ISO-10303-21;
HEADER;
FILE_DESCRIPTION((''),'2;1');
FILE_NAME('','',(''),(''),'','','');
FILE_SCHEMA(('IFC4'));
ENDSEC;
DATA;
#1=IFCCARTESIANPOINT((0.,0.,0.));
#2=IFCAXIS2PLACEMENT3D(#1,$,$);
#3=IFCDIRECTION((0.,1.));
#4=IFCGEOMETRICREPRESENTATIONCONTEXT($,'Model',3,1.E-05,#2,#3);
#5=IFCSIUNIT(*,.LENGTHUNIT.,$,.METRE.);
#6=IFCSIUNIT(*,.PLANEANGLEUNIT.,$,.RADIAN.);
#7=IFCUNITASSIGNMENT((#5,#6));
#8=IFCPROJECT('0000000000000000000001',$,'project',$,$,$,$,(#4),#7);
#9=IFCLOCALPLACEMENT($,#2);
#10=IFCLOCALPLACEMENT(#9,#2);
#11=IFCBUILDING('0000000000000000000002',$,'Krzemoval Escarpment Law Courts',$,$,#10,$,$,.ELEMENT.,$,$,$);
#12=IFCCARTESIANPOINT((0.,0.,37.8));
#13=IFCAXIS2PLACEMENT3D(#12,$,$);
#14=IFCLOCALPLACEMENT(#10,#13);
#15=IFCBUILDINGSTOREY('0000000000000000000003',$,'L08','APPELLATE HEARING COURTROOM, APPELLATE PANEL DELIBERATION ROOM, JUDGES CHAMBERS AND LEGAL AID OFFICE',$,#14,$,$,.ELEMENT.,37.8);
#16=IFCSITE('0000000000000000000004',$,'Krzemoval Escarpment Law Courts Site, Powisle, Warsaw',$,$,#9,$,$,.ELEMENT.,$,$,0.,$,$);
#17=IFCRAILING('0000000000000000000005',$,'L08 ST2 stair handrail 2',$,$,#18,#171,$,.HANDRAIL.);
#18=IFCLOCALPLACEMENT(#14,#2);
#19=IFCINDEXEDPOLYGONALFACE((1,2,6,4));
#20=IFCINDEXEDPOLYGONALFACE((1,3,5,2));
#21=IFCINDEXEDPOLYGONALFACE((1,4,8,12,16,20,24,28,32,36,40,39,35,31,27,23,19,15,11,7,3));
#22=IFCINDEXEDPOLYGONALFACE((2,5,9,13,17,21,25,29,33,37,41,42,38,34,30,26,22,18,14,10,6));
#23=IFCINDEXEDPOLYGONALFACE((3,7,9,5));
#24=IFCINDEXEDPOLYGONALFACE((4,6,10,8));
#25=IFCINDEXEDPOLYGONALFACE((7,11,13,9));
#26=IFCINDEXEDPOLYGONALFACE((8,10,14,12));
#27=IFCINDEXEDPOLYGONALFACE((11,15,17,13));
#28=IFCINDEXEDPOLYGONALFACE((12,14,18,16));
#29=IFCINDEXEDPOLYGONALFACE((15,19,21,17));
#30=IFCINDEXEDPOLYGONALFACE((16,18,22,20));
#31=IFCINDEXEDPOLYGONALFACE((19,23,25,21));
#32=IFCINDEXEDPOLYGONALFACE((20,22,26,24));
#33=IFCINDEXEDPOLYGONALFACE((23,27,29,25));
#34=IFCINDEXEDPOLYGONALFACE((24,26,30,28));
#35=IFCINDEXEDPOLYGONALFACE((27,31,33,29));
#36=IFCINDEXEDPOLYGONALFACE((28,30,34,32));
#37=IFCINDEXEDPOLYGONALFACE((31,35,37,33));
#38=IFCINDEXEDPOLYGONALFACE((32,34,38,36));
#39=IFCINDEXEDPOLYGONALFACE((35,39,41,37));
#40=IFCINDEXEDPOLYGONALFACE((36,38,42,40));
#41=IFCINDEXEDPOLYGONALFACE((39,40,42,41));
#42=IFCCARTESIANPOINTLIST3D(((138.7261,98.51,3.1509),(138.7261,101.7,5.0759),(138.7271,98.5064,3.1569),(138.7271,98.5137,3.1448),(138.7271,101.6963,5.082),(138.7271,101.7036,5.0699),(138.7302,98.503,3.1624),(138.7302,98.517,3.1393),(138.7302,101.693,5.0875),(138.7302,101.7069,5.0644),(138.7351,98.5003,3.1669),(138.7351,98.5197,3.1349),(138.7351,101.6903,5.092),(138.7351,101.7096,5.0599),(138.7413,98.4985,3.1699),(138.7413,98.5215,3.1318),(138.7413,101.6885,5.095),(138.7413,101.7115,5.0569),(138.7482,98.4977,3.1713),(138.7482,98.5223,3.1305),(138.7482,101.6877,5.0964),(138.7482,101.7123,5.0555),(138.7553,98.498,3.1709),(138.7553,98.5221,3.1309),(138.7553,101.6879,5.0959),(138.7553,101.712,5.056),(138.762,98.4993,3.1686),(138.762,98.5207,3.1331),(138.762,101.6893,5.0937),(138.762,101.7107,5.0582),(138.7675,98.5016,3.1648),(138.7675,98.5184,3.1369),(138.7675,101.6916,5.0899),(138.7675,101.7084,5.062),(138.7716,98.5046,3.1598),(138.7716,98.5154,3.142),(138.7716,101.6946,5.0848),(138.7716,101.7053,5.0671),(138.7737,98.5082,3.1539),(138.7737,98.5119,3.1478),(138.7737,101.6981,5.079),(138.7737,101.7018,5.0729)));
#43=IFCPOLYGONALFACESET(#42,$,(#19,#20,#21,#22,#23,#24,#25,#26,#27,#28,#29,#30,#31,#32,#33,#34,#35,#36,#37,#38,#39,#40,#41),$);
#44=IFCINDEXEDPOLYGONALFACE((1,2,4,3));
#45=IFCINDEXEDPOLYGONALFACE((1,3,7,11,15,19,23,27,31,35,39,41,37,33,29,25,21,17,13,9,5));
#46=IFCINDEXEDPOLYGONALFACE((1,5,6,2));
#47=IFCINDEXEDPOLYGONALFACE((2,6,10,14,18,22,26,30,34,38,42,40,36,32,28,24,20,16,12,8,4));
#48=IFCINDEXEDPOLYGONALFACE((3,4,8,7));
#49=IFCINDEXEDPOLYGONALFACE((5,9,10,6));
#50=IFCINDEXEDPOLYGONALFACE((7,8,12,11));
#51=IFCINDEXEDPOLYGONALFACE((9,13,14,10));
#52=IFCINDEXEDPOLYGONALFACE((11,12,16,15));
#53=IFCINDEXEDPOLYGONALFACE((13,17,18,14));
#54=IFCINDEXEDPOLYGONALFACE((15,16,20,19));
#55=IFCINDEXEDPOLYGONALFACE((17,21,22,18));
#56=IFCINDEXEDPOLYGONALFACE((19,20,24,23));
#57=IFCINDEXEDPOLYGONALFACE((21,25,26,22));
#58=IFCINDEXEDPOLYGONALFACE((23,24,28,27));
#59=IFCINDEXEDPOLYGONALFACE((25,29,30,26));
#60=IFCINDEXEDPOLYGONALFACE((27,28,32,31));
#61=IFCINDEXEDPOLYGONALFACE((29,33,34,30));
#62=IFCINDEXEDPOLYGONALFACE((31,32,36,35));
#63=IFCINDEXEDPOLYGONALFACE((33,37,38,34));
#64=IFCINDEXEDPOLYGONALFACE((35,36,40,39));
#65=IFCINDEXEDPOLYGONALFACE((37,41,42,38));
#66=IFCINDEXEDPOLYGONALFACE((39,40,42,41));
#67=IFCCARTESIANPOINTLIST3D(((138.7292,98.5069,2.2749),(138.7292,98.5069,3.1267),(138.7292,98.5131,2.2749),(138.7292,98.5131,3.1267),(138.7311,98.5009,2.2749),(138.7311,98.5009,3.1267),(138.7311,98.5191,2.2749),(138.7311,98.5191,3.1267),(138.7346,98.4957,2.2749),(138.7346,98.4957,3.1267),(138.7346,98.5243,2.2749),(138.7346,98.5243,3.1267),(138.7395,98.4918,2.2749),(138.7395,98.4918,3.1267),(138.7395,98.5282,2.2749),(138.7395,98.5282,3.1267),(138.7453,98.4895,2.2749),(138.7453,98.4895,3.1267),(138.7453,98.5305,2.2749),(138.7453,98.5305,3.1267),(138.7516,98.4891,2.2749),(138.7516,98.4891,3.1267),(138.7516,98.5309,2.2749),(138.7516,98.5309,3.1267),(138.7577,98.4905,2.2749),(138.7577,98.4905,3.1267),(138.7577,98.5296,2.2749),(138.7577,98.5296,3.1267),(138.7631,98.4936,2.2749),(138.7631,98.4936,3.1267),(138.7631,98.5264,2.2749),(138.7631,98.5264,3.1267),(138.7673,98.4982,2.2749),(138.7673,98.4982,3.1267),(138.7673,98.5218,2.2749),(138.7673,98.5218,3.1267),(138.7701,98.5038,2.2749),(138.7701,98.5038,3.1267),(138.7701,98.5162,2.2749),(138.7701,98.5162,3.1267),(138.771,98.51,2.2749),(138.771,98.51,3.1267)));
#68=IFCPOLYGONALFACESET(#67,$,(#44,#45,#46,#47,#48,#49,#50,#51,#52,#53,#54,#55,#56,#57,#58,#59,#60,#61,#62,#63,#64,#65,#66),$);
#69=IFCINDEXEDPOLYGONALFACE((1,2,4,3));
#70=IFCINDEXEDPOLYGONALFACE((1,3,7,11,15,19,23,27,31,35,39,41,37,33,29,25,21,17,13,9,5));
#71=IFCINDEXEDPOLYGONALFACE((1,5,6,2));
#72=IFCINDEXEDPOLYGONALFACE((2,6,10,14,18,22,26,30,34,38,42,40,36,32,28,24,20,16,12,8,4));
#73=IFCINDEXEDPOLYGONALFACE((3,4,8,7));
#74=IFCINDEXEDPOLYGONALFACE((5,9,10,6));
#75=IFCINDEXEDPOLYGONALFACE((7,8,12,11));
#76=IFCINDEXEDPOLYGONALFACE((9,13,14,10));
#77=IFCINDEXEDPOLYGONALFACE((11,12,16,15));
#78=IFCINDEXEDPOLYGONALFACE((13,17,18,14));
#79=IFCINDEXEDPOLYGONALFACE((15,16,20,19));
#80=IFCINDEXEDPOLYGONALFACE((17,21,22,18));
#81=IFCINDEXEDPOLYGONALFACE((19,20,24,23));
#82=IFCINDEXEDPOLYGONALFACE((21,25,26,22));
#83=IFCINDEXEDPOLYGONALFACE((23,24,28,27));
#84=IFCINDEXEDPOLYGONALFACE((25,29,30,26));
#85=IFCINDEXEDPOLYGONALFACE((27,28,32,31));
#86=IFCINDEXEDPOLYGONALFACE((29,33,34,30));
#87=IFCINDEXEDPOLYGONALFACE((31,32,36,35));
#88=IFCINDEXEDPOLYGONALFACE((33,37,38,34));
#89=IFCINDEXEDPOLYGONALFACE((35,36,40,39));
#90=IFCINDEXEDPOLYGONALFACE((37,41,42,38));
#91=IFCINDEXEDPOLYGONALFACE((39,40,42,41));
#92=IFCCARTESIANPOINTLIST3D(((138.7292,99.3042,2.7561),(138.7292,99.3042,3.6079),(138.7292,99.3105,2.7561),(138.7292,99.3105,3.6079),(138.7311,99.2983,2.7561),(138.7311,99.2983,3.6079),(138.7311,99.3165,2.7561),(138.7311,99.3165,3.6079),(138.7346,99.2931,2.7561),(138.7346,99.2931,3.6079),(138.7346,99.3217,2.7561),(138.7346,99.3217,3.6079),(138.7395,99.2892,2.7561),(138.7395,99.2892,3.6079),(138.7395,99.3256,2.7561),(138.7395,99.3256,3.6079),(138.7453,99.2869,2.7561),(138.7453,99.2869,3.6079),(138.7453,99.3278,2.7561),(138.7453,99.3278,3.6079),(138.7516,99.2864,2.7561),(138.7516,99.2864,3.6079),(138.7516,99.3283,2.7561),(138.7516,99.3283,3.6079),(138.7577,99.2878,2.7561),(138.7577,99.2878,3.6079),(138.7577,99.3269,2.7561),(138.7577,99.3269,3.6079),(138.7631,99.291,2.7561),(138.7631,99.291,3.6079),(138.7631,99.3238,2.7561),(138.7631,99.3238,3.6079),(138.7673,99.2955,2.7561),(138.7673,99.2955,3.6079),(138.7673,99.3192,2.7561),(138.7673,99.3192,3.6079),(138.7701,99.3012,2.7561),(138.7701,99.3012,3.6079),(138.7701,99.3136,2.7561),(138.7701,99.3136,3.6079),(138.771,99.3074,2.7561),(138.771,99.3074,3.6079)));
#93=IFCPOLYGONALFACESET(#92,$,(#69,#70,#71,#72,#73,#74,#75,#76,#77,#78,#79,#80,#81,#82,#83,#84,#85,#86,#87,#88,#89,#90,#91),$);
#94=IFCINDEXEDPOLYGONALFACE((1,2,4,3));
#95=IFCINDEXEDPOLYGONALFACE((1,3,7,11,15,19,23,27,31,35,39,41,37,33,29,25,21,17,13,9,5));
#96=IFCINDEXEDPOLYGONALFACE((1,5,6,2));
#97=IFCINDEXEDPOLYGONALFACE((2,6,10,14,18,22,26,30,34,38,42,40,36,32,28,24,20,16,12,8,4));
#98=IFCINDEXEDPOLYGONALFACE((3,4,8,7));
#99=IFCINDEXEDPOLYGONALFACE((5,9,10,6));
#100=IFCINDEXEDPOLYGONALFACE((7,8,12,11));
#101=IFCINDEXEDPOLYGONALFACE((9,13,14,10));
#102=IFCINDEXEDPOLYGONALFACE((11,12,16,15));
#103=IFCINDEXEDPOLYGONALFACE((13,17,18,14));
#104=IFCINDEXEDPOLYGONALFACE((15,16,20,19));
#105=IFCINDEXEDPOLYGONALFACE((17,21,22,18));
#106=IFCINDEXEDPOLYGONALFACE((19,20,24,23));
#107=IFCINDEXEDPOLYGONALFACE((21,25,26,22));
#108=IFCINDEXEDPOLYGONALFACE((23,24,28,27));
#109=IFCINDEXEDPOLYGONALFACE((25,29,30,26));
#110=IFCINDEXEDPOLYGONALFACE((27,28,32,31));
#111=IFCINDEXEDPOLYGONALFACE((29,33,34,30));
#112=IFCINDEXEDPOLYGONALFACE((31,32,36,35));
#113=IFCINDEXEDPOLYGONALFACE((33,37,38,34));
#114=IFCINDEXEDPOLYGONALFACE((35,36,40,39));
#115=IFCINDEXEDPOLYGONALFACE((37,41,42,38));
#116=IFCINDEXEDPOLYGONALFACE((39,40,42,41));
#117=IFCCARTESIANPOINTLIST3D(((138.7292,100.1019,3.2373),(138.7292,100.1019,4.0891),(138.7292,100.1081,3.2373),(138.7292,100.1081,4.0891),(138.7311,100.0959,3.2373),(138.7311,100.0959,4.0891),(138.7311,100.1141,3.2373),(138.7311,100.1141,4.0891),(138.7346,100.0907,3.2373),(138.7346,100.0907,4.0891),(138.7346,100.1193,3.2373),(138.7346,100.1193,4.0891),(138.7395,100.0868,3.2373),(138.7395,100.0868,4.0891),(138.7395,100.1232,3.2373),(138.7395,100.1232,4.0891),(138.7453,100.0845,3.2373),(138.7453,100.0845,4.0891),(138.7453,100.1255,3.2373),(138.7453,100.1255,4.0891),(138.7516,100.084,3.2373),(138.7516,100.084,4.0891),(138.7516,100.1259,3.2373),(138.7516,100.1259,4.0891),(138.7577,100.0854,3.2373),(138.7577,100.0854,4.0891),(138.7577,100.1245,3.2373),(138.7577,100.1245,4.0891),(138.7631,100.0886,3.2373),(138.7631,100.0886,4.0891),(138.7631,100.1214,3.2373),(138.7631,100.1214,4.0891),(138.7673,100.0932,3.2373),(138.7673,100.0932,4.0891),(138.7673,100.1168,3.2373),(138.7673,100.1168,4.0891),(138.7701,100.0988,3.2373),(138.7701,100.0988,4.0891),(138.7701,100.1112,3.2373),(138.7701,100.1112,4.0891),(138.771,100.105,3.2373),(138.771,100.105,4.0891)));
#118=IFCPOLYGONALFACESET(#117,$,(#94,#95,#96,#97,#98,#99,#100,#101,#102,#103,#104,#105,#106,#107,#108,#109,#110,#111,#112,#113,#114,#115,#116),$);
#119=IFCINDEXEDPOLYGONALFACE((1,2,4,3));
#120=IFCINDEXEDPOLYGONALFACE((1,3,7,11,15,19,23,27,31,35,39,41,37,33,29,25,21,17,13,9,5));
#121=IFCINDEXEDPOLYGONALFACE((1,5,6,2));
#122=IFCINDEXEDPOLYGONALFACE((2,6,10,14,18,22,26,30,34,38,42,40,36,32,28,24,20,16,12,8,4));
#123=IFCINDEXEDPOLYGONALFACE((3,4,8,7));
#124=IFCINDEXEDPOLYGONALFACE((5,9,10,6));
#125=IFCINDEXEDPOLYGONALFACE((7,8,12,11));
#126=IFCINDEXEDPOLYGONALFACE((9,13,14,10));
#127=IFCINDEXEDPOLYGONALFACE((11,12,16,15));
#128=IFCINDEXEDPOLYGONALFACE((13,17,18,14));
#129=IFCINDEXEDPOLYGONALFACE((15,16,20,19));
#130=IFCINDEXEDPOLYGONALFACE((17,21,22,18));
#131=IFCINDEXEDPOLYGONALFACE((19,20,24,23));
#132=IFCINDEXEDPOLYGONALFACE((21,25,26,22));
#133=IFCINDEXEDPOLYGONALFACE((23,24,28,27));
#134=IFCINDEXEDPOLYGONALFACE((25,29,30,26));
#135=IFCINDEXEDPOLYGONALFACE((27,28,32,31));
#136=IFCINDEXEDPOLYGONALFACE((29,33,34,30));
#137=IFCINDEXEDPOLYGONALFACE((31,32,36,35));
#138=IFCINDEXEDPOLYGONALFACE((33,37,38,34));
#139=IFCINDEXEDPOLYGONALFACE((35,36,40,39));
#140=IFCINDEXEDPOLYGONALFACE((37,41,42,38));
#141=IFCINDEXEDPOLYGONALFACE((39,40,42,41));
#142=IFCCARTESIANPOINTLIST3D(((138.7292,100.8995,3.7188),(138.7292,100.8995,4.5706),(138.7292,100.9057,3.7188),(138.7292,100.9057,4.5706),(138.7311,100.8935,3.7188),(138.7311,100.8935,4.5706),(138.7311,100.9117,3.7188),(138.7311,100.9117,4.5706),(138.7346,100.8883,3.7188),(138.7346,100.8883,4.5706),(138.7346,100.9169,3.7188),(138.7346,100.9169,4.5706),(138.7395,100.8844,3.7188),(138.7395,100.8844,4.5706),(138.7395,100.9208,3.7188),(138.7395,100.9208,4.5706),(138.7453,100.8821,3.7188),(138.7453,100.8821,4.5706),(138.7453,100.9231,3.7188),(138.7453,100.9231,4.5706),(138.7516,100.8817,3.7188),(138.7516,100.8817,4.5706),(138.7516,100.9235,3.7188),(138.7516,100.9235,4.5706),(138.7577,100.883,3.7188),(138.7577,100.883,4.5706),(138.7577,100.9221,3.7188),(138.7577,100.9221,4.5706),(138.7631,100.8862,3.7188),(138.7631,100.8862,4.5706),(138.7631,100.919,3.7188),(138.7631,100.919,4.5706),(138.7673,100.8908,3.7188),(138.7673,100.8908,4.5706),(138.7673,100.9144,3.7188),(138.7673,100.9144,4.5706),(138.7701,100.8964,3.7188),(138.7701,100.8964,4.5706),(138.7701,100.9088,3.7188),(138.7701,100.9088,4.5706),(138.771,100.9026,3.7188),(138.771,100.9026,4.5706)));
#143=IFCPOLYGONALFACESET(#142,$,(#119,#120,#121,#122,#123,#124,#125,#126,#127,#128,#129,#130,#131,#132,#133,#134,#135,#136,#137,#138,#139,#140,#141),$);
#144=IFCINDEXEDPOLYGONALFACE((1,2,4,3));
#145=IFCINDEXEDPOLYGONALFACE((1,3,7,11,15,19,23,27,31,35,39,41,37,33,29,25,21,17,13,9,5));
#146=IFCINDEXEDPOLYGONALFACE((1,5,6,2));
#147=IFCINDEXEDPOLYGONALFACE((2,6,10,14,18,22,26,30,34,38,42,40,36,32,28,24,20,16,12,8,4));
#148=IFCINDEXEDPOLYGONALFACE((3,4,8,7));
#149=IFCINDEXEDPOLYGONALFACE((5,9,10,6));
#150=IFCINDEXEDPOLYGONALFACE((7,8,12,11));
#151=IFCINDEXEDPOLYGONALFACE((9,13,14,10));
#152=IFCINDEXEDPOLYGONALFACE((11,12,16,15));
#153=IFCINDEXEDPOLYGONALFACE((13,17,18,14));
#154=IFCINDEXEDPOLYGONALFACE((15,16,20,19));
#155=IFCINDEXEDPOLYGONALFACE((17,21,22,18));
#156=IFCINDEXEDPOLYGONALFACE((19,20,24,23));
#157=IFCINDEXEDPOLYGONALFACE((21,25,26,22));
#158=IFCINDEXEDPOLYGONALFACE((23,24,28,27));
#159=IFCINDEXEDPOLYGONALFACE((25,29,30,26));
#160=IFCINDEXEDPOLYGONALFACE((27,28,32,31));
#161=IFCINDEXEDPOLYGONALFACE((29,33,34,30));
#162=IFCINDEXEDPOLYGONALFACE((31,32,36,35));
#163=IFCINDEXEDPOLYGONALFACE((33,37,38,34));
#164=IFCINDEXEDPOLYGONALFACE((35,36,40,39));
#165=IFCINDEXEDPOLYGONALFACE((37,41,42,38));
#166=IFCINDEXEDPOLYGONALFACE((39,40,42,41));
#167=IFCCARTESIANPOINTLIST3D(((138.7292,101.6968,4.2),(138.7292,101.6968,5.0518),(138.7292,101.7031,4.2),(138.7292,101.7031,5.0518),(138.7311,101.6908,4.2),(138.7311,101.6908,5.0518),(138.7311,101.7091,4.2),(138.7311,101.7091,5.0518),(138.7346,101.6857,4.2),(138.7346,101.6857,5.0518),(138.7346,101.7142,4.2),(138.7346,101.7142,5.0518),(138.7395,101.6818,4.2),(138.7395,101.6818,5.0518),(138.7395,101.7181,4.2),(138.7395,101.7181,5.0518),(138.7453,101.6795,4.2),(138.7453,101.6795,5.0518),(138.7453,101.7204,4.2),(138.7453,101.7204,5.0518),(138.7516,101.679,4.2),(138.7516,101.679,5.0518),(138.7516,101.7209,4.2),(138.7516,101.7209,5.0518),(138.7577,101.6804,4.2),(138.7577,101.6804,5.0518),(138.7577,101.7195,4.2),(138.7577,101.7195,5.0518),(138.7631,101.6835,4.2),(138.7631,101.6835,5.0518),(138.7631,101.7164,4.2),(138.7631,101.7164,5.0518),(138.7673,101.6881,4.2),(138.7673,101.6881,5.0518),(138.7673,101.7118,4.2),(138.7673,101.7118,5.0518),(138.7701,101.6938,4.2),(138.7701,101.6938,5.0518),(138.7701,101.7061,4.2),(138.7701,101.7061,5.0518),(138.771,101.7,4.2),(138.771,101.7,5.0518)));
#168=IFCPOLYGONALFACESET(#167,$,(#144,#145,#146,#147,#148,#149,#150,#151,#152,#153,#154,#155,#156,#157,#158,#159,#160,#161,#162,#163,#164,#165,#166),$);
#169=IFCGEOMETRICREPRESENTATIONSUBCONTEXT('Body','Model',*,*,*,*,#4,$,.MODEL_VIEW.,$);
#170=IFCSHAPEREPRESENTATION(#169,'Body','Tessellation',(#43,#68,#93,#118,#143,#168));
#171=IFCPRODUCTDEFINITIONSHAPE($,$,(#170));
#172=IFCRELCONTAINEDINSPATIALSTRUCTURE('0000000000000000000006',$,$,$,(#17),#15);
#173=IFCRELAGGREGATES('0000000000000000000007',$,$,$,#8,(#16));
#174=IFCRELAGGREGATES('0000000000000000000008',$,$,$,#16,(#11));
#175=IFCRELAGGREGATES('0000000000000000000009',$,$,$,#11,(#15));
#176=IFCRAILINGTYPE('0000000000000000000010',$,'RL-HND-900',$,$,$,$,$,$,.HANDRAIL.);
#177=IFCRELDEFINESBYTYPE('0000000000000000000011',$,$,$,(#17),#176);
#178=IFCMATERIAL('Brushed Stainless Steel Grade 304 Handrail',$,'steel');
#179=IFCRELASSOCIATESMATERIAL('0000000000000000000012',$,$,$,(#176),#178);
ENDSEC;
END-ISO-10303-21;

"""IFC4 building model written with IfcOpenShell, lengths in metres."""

from ifc_helpers import new_model, si_unit, direction, frame, origin, origin_2d, place, context, subcontext, project, spatial, circle, extrude, material, type_object, element, save


model = new_model("IFC4")

# Units and contexts
model_context = context("Model", 3, precision=1e-05, world=origin(), true_north=direction((0.0, 1.0)))
body_context = subcontext(model_context, "Body", "Model", "MODEL_VIEW")
ifc_project = project(units=[si_unit("LENGTHUNIT", "METRE"), si_unit("PLANEANGLEUNIT", "RADIAN")], contexts=[model_context])

# Site, building, storey
site_placement = place(None, origin())
site = spatial("IfcSite", under=ifc_project, at=site_placement, Name="Krzemoval Escarpment Law Courts Site, Powisle, Warsaw", CompositionType="ELEMENT", RefElevation=0.0)
building_placement = place(site_placement, origin())
building = spatial("IfcBuilding", under=site, at=building_placement, Name="Krzemoval Escarpment Law Courts", CompositionType="ELEMENT")
storey_placement = place(building_placement, frame((0.0, 0.0, 37.8)))
storey = spatial("IfcBuildingStorey", under=building, at=storey_placement, Name="L08", Description="APPELLATE HEARING COURTROOM, APPELLATE PANEL DELIBERATION ROOM, JUDGES CHAMBERS AND LEGAL AID OFFICE", CompositionType="ELEMENT", Elevation=37.8)

# Railing
ifc_material_1 = material(Name="Brushed Stainless Steel Grade 304 Handrail", Category="steel")
railing_type_1 = type_object("IfcRailingType", Name="RL-HND-900", PredefinedType="HANDRAIL", material=ifc_material_1)
railing_1_placement = place(storey_placement, frame((138.75, 98.51, 2.2749)))
element("IfcRailing", 1, at=railing_1_placement, inside=storey, type_object=railing_type_1, Name="L08 ST2 stair handrail 2", PredefinedType="HANDRAIL", context=body_context, shape_type="SweptSolid", body=[
    extrude(circle(Radius=0.0239, at=origin_2d()), frame((0.0, 0.0, 0.876), z_axis=(0.0, 0.856178, 0.516682), x_axis=(-1.0, 0.0, 0.0)), (0.0, 0.0, 1.0), 3.7258),
    extrude(circle(Radius=0.021, at=origin_2d()), origin(), (0.0, 0.0, 1.0), 0.8518),
    extrude(circle(Radius=0.021, at=origin_2d()), frame((0.0, 0.7974, 0.4812)), (0.0, 0.0, 1.0), 0.8518),
    extrude(circle(Radius=0.021, at=origin_2d()), frame((0.0, 1.595, 0.9624)), (0.0, 0.0, 1.0), 0.8518),
    extrude(circle(Radius=0.021, at=origin_2d()), frame((0.0, 2.3926, 1.4438)), (0.0, 0.0, 1.0), 0.8518),
    extrude(circle(Radius=0.021, at=origin_2d()), frame((0.0, 3.1899, 1.925)), (0.0, 0.0, 1.0), 0.8518),
])

save(model, "model.ifc")
